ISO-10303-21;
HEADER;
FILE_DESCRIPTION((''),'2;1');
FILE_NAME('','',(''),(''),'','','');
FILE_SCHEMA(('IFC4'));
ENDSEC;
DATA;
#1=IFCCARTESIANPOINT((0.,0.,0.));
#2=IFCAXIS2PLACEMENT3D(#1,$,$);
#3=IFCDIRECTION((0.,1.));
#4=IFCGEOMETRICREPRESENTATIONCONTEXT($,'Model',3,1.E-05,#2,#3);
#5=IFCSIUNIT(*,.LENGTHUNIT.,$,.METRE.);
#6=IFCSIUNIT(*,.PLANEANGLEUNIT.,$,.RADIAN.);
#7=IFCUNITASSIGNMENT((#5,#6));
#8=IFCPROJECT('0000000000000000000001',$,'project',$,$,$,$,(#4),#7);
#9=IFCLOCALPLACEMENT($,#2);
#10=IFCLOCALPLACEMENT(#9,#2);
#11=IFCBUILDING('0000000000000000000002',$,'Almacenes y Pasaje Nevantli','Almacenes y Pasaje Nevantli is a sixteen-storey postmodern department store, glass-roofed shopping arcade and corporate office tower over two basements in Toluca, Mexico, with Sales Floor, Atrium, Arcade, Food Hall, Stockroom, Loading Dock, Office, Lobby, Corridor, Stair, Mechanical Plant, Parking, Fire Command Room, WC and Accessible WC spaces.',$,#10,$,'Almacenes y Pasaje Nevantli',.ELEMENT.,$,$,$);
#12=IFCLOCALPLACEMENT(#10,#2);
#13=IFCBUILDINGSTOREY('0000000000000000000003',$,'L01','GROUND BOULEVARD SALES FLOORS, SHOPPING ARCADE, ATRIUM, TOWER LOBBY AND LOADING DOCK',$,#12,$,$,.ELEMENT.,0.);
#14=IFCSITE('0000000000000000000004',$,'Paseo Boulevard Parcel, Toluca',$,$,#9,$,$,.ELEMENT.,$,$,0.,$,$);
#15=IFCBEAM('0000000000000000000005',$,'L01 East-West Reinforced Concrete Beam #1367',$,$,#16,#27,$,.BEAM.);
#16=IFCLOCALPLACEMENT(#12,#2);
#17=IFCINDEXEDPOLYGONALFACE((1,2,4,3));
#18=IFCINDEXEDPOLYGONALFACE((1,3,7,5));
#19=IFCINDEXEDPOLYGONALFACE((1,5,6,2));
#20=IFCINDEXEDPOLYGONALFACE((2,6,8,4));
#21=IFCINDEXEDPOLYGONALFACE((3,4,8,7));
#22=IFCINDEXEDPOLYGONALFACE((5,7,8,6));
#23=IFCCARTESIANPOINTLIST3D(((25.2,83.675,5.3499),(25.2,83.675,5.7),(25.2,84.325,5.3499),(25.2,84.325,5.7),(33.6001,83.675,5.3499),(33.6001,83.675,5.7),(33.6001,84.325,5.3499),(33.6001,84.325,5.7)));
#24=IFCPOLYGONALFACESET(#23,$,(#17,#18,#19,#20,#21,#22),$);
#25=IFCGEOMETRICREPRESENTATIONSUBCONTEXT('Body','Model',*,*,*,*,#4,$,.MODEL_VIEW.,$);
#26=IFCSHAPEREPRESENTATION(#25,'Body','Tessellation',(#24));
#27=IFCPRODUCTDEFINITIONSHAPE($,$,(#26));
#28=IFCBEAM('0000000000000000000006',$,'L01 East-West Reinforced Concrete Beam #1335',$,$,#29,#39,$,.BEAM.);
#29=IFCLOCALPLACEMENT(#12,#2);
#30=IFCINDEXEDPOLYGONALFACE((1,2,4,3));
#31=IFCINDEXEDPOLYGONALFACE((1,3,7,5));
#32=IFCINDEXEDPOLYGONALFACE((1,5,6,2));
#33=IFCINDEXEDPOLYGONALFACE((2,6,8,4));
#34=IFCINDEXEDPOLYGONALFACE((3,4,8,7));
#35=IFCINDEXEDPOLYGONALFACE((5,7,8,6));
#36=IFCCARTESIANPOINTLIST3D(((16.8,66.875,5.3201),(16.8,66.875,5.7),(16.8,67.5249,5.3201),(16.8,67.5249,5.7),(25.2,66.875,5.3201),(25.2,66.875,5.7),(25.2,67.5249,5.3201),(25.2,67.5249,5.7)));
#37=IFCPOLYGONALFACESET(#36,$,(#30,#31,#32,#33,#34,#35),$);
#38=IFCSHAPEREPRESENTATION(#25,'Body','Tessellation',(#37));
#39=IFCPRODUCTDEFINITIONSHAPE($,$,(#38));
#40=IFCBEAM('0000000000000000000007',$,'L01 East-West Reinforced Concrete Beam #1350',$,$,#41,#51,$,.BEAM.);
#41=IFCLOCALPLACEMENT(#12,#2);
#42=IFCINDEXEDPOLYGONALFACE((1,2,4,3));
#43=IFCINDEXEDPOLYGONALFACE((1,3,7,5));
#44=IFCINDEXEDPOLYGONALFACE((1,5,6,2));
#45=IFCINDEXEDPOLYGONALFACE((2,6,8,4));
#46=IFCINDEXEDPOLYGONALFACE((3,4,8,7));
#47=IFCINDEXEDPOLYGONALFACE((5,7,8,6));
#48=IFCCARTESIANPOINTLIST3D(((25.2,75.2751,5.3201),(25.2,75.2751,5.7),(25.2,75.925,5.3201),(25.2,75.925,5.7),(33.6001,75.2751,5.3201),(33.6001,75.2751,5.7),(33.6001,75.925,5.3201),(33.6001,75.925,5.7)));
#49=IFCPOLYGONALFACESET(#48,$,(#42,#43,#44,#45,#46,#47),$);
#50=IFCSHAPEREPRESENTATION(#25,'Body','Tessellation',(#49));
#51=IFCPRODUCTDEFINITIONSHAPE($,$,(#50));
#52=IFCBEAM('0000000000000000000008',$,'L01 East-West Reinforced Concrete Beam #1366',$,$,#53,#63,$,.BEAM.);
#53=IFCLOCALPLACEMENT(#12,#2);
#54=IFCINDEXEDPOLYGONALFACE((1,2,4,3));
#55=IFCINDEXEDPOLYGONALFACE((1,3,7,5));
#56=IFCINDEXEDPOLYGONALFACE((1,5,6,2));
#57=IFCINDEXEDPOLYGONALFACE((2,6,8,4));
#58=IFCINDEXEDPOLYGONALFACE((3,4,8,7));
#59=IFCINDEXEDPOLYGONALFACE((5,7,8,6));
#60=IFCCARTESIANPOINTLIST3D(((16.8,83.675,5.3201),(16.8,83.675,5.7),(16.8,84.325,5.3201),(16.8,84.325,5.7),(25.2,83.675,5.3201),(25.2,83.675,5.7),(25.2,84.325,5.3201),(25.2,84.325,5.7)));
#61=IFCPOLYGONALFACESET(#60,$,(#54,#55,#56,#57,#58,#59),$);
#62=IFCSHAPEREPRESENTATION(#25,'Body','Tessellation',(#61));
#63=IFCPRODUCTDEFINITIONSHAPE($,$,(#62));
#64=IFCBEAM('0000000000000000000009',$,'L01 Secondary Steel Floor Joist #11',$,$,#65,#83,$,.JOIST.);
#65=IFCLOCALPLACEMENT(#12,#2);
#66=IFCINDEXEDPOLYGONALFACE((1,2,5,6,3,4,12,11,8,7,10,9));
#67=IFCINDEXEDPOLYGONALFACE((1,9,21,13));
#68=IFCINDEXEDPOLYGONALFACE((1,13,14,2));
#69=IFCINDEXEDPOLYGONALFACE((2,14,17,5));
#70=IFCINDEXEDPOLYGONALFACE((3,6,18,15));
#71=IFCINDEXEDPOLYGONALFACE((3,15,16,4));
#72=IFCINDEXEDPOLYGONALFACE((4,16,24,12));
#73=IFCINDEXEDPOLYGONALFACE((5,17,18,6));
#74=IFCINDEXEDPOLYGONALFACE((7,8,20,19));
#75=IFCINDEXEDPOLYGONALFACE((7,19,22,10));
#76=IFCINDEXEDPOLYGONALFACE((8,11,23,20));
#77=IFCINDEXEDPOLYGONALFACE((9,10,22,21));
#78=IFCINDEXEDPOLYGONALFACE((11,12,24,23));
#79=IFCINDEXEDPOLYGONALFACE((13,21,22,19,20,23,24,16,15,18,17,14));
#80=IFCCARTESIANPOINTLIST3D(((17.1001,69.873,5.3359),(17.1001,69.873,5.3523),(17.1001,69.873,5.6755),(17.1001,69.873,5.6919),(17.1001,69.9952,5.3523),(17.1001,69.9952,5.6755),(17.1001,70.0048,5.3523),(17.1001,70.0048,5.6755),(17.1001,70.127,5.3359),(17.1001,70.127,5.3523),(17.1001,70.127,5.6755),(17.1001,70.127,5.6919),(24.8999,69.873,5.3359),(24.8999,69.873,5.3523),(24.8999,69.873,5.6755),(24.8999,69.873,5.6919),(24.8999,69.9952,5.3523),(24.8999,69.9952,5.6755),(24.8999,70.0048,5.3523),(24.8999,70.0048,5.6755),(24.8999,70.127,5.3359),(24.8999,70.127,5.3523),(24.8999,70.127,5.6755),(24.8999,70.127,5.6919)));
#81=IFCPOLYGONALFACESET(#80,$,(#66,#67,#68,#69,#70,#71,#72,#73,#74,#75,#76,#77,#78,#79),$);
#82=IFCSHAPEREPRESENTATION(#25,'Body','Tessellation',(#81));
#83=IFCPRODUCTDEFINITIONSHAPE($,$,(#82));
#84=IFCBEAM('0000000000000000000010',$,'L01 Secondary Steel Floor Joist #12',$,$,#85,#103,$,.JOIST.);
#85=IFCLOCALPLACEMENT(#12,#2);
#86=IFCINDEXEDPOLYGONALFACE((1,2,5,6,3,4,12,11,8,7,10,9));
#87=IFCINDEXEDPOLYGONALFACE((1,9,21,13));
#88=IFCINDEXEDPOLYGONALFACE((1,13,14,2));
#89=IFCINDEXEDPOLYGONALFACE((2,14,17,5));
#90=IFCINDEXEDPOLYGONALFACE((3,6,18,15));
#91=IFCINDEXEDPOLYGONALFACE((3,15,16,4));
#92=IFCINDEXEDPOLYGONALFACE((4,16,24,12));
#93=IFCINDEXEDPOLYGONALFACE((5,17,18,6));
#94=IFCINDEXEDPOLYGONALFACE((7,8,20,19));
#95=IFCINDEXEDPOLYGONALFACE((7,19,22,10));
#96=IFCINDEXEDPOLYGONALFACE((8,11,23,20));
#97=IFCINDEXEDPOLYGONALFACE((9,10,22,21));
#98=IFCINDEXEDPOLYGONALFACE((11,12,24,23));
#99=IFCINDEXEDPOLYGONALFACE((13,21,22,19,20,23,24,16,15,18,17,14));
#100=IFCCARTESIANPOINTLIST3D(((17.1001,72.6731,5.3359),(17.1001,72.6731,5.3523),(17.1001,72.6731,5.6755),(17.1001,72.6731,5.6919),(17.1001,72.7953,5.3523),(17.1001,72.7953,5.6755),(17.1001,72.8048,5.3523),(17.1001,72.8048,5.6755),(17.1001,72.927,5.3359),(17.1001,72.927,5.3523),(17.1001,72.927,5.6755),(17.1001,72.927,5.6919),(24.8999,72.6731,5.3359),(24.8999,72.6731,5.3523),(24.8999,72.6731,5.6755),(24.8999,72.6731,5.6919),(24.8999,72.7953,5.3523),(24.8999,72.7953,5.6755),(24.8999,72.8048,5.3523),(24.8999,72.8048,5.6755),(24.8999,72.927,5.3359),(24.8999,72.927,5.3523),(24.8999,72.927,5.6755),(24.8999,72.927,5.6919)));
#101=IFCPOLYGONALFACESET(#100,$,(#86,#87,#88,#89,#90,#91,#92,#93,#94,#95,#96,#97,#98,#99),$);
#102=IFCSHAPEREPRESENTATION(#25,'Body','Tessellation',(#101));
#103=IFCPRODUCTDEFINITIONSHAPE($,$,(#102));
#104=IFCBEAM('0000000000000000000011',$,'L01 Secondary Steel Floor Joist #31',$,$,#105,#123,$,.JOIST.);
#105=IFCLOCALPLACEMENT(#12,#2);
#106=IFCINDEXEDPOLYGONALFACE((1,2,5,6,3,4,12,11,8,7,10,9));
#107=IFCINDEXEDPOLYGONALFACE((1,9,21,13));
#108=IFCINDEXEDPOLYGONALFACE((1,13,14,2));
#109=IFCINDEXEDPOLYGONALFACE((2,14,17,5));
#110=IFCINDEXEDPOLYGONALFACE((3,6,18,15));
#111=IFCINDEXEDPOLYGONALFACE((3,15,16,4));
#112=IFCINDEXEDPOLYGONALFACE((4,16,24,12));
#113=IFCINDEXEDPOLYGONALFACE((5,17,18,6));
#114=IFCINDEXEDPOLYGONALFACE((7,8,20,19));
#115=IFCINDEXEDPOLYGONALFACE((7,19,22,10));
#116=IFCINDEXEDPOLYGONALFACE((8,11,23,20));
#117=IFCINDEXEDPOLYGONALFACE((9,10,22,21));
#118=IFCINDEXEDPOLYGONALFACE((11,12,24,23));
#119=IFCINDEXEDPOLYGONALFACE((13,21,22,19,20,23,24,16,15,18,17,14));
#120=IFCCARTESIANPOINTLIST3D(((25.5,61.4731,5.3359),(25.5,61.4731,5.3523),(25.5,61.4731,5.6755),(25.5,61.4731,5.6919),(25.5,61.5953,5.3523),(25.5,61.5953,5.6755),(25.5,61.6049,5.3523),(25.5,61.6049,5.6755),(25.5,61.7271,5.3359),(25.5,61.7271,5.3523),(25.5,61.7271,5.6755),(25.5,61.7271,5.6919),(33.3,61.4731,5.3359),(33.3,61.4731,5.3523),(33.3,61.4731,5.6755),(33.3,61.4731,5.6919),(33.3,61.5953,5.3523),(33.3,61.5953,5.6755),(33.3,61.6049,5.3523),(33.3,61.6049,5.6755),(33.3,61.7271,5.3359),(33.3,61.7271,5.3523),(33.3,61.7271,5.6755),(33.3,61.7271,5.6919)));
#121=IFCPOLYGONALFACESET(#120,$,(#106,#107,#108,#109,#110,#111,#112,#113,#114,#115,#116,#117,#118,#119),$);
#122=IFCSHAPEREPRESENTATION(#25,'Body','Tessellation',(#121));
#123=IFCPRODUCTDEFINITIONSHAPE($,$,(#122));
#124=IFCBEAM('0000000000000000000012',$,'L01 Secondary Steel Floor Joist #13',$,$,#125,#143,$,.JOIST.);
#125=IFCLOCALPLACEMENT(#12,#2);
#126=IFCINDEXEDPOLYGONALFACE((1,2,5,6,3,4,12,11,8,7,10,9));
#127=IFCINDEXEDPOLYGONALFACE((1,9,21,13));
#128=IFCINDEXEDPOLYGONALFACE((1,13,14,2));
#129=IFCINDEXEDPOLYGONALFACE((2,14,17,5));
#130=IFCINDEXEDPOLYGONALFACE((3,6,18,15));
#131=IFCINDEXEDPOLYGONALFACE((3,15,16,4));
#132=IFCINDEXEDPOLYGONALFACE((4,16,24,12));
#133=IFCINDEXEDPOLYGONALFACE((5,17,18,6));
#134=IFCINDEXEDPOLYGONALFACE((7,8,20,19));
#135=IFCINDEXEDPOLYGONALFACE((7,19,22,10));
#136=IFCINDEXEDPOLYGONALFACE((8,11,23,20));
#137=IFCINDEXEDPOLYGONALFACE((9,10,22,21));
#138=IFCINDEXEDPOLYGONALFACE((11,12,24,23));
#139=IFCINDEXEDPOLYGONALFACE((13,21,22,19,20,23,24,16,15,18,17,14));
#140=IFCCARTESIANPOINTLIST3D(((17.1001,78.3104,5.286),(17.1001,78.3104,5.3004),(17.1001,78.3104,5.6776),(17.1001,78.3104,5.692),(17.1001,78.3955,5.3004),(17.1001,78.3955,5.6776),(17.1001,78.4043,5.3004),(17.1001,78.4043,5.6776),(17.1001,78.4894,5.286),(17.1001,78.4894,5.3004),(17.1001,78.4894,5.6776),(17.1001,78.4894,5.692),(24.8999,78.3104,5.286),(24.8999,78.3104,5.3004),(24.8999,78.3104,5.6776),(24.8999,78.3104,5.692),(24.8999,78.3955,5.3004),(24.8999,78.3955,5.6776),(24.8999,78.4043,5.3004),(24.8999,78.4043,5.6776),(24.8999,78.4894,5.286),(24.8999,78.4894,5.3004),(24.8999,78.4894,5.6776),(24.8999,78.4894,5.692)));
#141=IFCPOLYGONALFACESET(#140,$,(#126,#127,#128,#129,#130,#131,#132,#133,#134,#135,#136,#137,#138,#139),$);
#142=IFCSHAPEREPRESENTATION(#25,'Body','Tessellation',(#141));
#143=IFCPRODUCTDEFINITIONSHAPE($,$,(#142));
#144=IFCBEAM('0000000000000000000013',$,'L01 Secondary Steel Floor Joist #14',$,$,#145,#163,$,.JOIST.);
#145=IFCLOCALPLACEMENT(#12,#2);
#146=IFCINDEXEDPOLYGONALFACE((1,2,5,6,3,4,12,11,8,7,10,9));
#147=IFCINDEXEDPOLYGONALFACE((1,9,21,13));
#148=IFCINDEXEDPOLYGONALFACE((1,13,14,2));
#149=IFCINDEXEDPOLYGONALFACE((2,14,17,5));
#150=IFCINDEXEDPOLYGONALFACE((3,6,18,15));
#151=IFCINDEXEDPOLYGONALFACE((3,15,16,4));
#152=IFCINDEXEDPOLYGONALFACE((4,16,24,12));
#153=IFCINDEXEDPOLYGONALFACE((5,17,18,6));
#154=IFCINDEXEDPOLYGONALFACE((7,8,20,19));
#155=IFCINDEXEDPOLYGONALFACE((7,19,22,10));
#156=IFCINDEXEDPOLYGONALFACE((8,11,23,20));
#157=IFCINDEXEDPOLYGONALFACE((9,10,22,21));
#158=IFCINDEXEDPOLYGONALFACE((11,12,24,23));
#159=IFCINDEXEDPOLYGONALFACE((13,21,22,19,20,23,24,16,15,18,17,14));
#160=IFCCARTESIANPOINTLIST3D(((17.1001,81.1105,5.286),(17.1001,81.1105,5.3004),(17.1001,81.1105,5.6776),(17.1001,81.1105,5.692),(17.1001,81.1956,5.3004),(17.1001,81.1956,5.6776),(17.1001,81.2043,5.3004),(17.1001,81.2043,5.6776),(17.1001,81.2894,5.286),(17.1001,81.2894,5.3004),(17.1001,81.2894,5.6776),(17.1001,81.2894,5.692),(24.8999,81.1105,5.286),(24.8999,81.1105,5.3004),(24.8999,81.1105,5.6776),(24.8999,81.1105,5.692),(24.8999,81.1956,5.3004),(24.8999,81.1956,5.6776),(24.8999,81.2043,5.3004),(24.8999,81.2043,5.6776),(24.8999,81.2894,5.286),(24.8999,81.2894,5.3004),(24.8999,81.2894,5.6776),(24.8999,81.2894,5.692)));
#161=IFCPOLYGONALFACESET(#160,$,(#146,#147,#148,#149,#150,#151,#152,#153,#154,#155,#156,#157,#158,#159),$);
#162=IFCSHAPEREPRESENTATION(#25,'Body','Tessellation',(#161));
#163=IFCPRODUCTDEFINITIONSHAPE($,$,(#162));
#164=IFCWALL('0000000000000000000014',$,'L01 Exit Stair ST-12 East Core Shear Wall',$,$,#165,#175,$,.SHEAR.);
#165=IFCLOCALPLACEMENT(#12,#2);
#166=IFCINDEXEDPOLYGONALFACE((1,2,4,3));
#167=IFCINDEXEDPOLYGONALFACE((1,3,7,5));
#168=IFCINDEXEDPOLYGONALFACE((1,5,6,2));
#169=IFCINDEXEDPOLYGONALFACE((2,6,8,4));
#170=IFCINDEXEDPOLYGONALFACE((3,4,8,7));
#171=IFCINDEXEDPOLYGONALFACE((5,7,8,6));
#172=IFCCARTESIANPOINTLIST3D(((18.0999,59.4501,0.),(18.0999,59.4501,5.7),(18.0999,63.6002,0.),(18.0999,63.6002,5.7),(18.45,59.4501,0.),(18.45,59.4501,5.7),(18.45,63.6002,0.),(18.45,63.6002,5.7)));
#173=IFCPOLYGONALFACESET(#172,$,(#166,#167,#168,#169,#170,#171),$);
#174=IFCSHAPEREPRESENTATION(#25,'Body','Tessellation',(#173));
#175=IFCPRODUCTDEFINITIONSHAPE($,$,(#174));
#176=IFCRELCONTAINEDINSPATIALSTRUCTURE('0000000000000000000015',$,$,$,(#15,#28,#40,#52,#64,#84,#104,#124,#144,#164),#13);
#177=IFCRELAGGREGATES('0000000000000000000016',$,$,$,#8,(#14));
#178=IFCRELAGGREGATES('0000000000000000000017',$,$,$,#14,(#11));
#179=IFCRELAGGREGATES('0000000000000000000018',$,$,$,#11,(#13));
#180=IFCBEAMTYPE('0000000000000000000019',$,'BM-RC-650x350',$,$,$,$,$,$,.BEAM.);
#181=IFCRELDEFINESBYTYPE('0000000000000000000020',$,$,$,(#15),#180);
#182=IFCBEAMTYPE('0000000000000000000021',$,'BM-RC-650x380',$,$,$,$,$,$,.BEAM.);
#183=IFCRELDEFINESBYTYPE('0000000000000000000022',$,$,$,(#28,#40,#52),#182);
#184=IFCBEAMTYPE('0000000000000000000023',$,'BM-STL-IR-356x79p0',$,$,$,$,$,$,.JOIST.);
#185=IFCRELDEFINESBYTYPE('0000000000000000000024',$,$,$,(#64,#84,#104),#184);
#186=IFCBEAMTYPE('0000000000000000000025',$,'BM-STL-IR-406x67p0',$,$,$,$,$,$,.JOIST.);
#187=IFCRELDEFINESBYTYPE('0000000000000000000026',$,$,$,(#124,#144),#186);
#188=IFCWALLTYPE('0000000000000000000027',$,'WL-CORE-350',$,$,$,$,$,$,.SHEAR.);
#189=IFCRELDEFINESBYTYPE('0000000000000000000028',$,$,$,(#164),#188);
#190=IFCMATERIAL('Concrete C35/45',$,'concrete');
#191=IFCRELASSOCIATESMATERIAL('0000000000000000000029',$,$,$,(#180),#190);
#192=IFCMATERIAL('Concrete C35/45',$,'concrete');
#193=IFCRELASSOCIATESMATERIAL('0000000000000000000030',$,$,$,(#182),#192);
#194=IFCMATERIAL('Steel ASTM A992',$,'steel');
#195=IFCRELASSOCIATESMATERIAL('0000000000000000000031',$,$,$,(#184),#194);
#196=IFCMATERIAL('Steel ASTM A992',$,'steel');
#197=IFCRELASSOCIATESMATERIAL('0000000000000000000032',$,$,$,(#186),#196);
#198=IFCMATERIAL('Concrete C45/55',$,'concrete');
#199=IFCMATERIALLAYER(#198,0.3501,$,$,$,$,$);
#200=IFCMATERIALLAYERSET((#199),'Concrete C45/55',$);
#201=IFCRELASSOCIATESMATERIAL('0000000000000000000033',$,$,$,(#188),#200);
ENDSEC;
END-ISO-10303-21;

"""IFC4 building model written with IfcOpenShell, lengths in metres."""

from ifc_helpers import new_model, si_unit, direction, frame, frame_2d, origin, origin_2d, place, context, subcontext, project, spatial, rectangle, i_section, extrude, material, layer, layer_set, material_profile, profile_set, type_object, element, save


model = new_model("IFC4")

# Units and contexts
model_context = context("Model", 3, precision=1e-05, world=origin(), true_north=direction((0.0, 1.0)))
body_context = subcontext(model_context, "Body", "Model", "MODEL_VIEW")
ifc_project = project(units=[si_unit("LENGTHUNIT", "METRE"), si_unit("PLANEANGLEUNIT", "RADIAN")], contexts=[model_context])

# Site, building, storey
site_placement = place(None, origin())
site = spatial("IfcSite", under=ifc_project, at=site_placement, Name="Paseo Boulevard Parcel, Toluca", CompositionType="ELEMENT", RefElevation=0.0)
building_placement = place(site_placement, origin())
building = spatial("IfcBuilding", under=site, at=building_placement, Name="Almacenes y Pasaje Nevantli", Description="Almacenes y Pasaje Nevantli is a sixteen-storey postmodern department store, glass-roofed shopping arcade and corporate office tower over two basements in Toluca, Mexico, with Sales Floor, Atrium, Arcade, Food Hall, Stockroom, Loading Dock, Office, Lobby, Corridor, Stair, Mechanical Plant, Parking, Fire Command Room, WC and Accessible WC spaces.", LongName="Almacenes y Pasaje Nevantli", CompositionType="ELEMENT")
storey_placement = place(building_placement, origin())
storey = spatial("IfcBuildingStorey", under=building, at=storey_placement, Name="L01", Description="GROUND BOULEVARD SALES FLOORS, SHOPPING ARCADE, ATRIUM, TOWER LOBBY AND LOADING DOCK", CompositionType="ELEMENT", Elevation=0.0)

# Beams
ifc_material_1 = material(Name="Concrete C35/45", Category="concrete")
ifc_material_profile_1 = material_profile(ifc_material_1, rectangle(XDim=0.6499, YDim=0.3501, at=origin_2d()), Name="RC-BM-650x350")
ifc_profile_set_1 = profile_set([ifc_material_profile_1], Name="Concrete C35/45")
beam_type_1 = type_object("IfcBeamType", Name="BM-RC-650x350", PredefinedType="BEAM", material=ifc_profile_set_1)
beam_1_placement = place(storey_placement, frame((25.2, 84.0, 5.5249), z_axis=(1.0, 0.0, 0.0), x_axis=(0.0, 1.0, 0.0)))
element("IfcBeam", 1, at=beam_1_placement, inside=storey, type_object=beam_type_1, Name="L01 East-West Reinforced Concrete Beam #1367", PredefinedType="BEAM", context=body_context, shape_type="SweptSolid", body=[
    extrude(rectangle(XDim=0.6499, YDim=0.3501, at=origin_2d()), origin(), (0.0, 0.0, 1.0), 8.4001),
])
ifc_material_2 = material(Name="Concrete C35/45", Category="concrete")
ifc_material_profile_2 = material_profile(ifc_material_2, rectangle(XDim=0.6499, YDim=0.3799, at=origin_2d()), Name="RC-BM-650x380")
ifc_profile_set_2 = profile_set([ifc_material_profile_2], Name="Concrete C35/45")
beam_type_2 = type_object("IfcBeamType", Name="BM-RC-650x380", PredefinedType="BEAM", material=ifc_profile_set_2)
beam_2_placement = place(storey_placement, frame((16.8, 67.2, 5.51), z_axis=(1.0, 0.0, 0.0), x_axis=(0.0, 1.0, 0.0)))
element("IfcBeam", 2, at=beam_2_placement, inside=storey, type_object=beam_type_2, Name="L01 East-West Reinforced Concrete Beam #1335", PredefinedType="BEAM", context=body_context, shape_type="SweptSolid", body=[
    extrude(rectangle(XDim=0.6499, YDim=0.3799, at=origin_2d()), origin(), (0.0, 0.0, 1.0), 8.3999),
])
beam_3_placement = place(storey_placement, frame((25.2, 75.6001, 5.51), z_axis=(1.0, 0.0, 0.0), x_axis=(0.0, 1.0, 0.0)))
element("IfcBeam", 3, at=beam_3_placement, inside=storey, type_object=beam_type_2, Name="L01 East-West Reinforced Concrete Beam #1350", PredefinedType="BEAM", context=body_context, shape_type="SweptSolid", body=[
    extrude(rectangle(XDim=0.6499, YDim=0.3799, at=origin_2d()), origin(), (0.0, 0.0, 1.0), 8.4001),
])
beam_4_placement = place(storey_placement, frame((16.8, 84.0, 5.51), z_axis=(1.0, 0.0, 0.0), x_axis=(0.0, 1.0, 0.0)))
element("IfcBeam", 4, at=beam_4_placement, inside=storey, type_object=beam_type_2, Name="L01 East-West Reinforced Concrete Beam #1366", PredefinedType="BEAM", context=body_context, shape_type="SweptSolid", body=[
    extrude(rectangle(XDim=0.6499, YDim=0.3799, at=origin_2d()), origin(), (0.0, 0.0, 1.0), 8.3999),
])
ifc_material_3 = material(Name="Steel ASTM A992", Category="steel")
ifc_material_profile_3 = material_profile(ifc_material_3, i_section(OverallWidth=0.2539, OverallDepth=0.356, WebThickness=0.0095, FlangeThickness=0.0164, at=origin_2d()), Name="IR 356x79.0")
ifc_profile_set_3 = profile_set([ifc_material_profile_3], Name="Steel ASTM A992")
beam_type_3 = type_object("IfcBeamType", Name="BM-STL-IR-356x79p0", PredefinedType="JOIST", material=ifc_profile_set_3)
for number, where, z_axis, x_axis, name in (
    (5, (17.1001, 70.0, 5.5139), (1.0, 0.0, 0.0), (0.0, 1.0, 0.0), "L01 Secondary Steel Floor Joist #11"),
    (6, (17.1001, 72.8, 5.5139), (1.0, 0.0, 0.0), (0.0, 1.0, 0.0), "L01 Secondary Steel Floor Joist #12"),
):
    element("IfcBeam", number, at=place(storey_placement, frame(where, z_axis=z_axis, x_axis=x_axis)), inside=storey, type_object=beam_type_3, Name=name, PredefinedType="JOIST", context=body_context, shape_type="SweptSolid", body=[
        extrude(i_section(OverallWidth=0.2539, OverallDepth=0.356, WebThickness=0.0095, FlangeThickness=0.0164, at=origin_2d()), origin(), (0.0, 0.0, 1.0), 7.7998),
    ])
beam_5_placement = place(storey_placement, frame((25.5, 61.6001, 5.5139), z_axis=(1.0, 0.0, 0.0), x_axis=(0.0, 1.0, 0.0)))
element("IfcBeam", 7, at=beam_5_placement, inside=storey, type_object=beam_type_3, Name="L01 Secondary Steel Floor Joist #31", PredefinedType="JOIST", context=body_context, shape_type="SweptSolid", body=[
    extrude(i_section(OverallWidth=0.2539, OverallDepth=0.356, WebThickness=0.0095, FlangeThickness=0.0164, at=origin_2d()), origin(), (0.0, 0.0, 1.0), 7.8),
])
ifc_material_4 = material(Name="Steel ASTM A992", Category="steel")
ifc_material_profile_4 = material_profile(ifc_material_4, i_section(OverallWidth=0.179, OverallDepth=0.406, WebThickness=0.0088, FlangeThickness=0.0144, at=origin_2d()), Name="IR 406x67.0")
ifc_profile_set_4 = profile_set([ifc_material_profile_4], Name="Steel ASTM A992")
beam_type_4 = type_object("IfcBeamType", Name="BM-STL-IR-406x67p0", PredefinedType="JOIST", material=ifc_profile_set_4)
for number, where, z_axis, x_axis, name in (
    (8, (17.1001, 78.3999, 5.489), (1.0, 0.0, 0.0), (0.0, 1.0, 0.0), "L01 Secondary Steel Floor Joist #13"),
    (9, (17.1001, 81.2, 5.489), (1.0, 0.0, 0.0), (0.0, 1.0, 0.0), "L01 Secondary Steel Floor Joist #14"),
):
    element("IfcBeam", number, at=place(storey_placement, frame(where, z_axis=z_axis, x_axis=x_axis)), inside=storey, type_object=beam_type_4, Name=name, PredefinedType="JOIST", context=body_context, shape_type="SweptSolid", body=[
        extrude(i_section(OverallWidth=0.179, OverallDepth=0.406, WebThickness=0.0088, FlangeThickness=0.0144, at=origin_2d()), origin(), (0.0, 0.0, 1.0), 7.7998),
    ])

# Wall
ifc_material_5 = material(Name="Concrete C45/55", Category="concrete")
ifc_layer_1 = layer(ifc_material_5, 0.3501)
ifc_layer_set_1 = layer_set([ifc_layer_1], Name="Concrete C45/55")
wall_type = type_object("IfcWallType", Name="WL-CORE-350", PredefinedType="SHEAR", material=ifc_layer_set_1)
wall_placement = place(storey_placement, frame((18.2749, 59.45, 0.0), z_axis=(0.0, 0.0, 1.0), x_axis=(0.0, 1.0, 0.0)))
element("IfcWall", 10, at=wall_placement, inside=storey, type_object=wall_type, Name="L01 Exit Stair ST-12 East Core Shear Wall", PredefinedType="SHEAR", context=body_context, shape_type="SweptSolid", body=[
    extrude(rectangle(XDim=4.1501, YDim=0.3501, at=frame_2d((2.0752, 0.0))), origin(), (0.0, 0.0, 1.0), 5.7),
])

save(model, "model.ifc")
